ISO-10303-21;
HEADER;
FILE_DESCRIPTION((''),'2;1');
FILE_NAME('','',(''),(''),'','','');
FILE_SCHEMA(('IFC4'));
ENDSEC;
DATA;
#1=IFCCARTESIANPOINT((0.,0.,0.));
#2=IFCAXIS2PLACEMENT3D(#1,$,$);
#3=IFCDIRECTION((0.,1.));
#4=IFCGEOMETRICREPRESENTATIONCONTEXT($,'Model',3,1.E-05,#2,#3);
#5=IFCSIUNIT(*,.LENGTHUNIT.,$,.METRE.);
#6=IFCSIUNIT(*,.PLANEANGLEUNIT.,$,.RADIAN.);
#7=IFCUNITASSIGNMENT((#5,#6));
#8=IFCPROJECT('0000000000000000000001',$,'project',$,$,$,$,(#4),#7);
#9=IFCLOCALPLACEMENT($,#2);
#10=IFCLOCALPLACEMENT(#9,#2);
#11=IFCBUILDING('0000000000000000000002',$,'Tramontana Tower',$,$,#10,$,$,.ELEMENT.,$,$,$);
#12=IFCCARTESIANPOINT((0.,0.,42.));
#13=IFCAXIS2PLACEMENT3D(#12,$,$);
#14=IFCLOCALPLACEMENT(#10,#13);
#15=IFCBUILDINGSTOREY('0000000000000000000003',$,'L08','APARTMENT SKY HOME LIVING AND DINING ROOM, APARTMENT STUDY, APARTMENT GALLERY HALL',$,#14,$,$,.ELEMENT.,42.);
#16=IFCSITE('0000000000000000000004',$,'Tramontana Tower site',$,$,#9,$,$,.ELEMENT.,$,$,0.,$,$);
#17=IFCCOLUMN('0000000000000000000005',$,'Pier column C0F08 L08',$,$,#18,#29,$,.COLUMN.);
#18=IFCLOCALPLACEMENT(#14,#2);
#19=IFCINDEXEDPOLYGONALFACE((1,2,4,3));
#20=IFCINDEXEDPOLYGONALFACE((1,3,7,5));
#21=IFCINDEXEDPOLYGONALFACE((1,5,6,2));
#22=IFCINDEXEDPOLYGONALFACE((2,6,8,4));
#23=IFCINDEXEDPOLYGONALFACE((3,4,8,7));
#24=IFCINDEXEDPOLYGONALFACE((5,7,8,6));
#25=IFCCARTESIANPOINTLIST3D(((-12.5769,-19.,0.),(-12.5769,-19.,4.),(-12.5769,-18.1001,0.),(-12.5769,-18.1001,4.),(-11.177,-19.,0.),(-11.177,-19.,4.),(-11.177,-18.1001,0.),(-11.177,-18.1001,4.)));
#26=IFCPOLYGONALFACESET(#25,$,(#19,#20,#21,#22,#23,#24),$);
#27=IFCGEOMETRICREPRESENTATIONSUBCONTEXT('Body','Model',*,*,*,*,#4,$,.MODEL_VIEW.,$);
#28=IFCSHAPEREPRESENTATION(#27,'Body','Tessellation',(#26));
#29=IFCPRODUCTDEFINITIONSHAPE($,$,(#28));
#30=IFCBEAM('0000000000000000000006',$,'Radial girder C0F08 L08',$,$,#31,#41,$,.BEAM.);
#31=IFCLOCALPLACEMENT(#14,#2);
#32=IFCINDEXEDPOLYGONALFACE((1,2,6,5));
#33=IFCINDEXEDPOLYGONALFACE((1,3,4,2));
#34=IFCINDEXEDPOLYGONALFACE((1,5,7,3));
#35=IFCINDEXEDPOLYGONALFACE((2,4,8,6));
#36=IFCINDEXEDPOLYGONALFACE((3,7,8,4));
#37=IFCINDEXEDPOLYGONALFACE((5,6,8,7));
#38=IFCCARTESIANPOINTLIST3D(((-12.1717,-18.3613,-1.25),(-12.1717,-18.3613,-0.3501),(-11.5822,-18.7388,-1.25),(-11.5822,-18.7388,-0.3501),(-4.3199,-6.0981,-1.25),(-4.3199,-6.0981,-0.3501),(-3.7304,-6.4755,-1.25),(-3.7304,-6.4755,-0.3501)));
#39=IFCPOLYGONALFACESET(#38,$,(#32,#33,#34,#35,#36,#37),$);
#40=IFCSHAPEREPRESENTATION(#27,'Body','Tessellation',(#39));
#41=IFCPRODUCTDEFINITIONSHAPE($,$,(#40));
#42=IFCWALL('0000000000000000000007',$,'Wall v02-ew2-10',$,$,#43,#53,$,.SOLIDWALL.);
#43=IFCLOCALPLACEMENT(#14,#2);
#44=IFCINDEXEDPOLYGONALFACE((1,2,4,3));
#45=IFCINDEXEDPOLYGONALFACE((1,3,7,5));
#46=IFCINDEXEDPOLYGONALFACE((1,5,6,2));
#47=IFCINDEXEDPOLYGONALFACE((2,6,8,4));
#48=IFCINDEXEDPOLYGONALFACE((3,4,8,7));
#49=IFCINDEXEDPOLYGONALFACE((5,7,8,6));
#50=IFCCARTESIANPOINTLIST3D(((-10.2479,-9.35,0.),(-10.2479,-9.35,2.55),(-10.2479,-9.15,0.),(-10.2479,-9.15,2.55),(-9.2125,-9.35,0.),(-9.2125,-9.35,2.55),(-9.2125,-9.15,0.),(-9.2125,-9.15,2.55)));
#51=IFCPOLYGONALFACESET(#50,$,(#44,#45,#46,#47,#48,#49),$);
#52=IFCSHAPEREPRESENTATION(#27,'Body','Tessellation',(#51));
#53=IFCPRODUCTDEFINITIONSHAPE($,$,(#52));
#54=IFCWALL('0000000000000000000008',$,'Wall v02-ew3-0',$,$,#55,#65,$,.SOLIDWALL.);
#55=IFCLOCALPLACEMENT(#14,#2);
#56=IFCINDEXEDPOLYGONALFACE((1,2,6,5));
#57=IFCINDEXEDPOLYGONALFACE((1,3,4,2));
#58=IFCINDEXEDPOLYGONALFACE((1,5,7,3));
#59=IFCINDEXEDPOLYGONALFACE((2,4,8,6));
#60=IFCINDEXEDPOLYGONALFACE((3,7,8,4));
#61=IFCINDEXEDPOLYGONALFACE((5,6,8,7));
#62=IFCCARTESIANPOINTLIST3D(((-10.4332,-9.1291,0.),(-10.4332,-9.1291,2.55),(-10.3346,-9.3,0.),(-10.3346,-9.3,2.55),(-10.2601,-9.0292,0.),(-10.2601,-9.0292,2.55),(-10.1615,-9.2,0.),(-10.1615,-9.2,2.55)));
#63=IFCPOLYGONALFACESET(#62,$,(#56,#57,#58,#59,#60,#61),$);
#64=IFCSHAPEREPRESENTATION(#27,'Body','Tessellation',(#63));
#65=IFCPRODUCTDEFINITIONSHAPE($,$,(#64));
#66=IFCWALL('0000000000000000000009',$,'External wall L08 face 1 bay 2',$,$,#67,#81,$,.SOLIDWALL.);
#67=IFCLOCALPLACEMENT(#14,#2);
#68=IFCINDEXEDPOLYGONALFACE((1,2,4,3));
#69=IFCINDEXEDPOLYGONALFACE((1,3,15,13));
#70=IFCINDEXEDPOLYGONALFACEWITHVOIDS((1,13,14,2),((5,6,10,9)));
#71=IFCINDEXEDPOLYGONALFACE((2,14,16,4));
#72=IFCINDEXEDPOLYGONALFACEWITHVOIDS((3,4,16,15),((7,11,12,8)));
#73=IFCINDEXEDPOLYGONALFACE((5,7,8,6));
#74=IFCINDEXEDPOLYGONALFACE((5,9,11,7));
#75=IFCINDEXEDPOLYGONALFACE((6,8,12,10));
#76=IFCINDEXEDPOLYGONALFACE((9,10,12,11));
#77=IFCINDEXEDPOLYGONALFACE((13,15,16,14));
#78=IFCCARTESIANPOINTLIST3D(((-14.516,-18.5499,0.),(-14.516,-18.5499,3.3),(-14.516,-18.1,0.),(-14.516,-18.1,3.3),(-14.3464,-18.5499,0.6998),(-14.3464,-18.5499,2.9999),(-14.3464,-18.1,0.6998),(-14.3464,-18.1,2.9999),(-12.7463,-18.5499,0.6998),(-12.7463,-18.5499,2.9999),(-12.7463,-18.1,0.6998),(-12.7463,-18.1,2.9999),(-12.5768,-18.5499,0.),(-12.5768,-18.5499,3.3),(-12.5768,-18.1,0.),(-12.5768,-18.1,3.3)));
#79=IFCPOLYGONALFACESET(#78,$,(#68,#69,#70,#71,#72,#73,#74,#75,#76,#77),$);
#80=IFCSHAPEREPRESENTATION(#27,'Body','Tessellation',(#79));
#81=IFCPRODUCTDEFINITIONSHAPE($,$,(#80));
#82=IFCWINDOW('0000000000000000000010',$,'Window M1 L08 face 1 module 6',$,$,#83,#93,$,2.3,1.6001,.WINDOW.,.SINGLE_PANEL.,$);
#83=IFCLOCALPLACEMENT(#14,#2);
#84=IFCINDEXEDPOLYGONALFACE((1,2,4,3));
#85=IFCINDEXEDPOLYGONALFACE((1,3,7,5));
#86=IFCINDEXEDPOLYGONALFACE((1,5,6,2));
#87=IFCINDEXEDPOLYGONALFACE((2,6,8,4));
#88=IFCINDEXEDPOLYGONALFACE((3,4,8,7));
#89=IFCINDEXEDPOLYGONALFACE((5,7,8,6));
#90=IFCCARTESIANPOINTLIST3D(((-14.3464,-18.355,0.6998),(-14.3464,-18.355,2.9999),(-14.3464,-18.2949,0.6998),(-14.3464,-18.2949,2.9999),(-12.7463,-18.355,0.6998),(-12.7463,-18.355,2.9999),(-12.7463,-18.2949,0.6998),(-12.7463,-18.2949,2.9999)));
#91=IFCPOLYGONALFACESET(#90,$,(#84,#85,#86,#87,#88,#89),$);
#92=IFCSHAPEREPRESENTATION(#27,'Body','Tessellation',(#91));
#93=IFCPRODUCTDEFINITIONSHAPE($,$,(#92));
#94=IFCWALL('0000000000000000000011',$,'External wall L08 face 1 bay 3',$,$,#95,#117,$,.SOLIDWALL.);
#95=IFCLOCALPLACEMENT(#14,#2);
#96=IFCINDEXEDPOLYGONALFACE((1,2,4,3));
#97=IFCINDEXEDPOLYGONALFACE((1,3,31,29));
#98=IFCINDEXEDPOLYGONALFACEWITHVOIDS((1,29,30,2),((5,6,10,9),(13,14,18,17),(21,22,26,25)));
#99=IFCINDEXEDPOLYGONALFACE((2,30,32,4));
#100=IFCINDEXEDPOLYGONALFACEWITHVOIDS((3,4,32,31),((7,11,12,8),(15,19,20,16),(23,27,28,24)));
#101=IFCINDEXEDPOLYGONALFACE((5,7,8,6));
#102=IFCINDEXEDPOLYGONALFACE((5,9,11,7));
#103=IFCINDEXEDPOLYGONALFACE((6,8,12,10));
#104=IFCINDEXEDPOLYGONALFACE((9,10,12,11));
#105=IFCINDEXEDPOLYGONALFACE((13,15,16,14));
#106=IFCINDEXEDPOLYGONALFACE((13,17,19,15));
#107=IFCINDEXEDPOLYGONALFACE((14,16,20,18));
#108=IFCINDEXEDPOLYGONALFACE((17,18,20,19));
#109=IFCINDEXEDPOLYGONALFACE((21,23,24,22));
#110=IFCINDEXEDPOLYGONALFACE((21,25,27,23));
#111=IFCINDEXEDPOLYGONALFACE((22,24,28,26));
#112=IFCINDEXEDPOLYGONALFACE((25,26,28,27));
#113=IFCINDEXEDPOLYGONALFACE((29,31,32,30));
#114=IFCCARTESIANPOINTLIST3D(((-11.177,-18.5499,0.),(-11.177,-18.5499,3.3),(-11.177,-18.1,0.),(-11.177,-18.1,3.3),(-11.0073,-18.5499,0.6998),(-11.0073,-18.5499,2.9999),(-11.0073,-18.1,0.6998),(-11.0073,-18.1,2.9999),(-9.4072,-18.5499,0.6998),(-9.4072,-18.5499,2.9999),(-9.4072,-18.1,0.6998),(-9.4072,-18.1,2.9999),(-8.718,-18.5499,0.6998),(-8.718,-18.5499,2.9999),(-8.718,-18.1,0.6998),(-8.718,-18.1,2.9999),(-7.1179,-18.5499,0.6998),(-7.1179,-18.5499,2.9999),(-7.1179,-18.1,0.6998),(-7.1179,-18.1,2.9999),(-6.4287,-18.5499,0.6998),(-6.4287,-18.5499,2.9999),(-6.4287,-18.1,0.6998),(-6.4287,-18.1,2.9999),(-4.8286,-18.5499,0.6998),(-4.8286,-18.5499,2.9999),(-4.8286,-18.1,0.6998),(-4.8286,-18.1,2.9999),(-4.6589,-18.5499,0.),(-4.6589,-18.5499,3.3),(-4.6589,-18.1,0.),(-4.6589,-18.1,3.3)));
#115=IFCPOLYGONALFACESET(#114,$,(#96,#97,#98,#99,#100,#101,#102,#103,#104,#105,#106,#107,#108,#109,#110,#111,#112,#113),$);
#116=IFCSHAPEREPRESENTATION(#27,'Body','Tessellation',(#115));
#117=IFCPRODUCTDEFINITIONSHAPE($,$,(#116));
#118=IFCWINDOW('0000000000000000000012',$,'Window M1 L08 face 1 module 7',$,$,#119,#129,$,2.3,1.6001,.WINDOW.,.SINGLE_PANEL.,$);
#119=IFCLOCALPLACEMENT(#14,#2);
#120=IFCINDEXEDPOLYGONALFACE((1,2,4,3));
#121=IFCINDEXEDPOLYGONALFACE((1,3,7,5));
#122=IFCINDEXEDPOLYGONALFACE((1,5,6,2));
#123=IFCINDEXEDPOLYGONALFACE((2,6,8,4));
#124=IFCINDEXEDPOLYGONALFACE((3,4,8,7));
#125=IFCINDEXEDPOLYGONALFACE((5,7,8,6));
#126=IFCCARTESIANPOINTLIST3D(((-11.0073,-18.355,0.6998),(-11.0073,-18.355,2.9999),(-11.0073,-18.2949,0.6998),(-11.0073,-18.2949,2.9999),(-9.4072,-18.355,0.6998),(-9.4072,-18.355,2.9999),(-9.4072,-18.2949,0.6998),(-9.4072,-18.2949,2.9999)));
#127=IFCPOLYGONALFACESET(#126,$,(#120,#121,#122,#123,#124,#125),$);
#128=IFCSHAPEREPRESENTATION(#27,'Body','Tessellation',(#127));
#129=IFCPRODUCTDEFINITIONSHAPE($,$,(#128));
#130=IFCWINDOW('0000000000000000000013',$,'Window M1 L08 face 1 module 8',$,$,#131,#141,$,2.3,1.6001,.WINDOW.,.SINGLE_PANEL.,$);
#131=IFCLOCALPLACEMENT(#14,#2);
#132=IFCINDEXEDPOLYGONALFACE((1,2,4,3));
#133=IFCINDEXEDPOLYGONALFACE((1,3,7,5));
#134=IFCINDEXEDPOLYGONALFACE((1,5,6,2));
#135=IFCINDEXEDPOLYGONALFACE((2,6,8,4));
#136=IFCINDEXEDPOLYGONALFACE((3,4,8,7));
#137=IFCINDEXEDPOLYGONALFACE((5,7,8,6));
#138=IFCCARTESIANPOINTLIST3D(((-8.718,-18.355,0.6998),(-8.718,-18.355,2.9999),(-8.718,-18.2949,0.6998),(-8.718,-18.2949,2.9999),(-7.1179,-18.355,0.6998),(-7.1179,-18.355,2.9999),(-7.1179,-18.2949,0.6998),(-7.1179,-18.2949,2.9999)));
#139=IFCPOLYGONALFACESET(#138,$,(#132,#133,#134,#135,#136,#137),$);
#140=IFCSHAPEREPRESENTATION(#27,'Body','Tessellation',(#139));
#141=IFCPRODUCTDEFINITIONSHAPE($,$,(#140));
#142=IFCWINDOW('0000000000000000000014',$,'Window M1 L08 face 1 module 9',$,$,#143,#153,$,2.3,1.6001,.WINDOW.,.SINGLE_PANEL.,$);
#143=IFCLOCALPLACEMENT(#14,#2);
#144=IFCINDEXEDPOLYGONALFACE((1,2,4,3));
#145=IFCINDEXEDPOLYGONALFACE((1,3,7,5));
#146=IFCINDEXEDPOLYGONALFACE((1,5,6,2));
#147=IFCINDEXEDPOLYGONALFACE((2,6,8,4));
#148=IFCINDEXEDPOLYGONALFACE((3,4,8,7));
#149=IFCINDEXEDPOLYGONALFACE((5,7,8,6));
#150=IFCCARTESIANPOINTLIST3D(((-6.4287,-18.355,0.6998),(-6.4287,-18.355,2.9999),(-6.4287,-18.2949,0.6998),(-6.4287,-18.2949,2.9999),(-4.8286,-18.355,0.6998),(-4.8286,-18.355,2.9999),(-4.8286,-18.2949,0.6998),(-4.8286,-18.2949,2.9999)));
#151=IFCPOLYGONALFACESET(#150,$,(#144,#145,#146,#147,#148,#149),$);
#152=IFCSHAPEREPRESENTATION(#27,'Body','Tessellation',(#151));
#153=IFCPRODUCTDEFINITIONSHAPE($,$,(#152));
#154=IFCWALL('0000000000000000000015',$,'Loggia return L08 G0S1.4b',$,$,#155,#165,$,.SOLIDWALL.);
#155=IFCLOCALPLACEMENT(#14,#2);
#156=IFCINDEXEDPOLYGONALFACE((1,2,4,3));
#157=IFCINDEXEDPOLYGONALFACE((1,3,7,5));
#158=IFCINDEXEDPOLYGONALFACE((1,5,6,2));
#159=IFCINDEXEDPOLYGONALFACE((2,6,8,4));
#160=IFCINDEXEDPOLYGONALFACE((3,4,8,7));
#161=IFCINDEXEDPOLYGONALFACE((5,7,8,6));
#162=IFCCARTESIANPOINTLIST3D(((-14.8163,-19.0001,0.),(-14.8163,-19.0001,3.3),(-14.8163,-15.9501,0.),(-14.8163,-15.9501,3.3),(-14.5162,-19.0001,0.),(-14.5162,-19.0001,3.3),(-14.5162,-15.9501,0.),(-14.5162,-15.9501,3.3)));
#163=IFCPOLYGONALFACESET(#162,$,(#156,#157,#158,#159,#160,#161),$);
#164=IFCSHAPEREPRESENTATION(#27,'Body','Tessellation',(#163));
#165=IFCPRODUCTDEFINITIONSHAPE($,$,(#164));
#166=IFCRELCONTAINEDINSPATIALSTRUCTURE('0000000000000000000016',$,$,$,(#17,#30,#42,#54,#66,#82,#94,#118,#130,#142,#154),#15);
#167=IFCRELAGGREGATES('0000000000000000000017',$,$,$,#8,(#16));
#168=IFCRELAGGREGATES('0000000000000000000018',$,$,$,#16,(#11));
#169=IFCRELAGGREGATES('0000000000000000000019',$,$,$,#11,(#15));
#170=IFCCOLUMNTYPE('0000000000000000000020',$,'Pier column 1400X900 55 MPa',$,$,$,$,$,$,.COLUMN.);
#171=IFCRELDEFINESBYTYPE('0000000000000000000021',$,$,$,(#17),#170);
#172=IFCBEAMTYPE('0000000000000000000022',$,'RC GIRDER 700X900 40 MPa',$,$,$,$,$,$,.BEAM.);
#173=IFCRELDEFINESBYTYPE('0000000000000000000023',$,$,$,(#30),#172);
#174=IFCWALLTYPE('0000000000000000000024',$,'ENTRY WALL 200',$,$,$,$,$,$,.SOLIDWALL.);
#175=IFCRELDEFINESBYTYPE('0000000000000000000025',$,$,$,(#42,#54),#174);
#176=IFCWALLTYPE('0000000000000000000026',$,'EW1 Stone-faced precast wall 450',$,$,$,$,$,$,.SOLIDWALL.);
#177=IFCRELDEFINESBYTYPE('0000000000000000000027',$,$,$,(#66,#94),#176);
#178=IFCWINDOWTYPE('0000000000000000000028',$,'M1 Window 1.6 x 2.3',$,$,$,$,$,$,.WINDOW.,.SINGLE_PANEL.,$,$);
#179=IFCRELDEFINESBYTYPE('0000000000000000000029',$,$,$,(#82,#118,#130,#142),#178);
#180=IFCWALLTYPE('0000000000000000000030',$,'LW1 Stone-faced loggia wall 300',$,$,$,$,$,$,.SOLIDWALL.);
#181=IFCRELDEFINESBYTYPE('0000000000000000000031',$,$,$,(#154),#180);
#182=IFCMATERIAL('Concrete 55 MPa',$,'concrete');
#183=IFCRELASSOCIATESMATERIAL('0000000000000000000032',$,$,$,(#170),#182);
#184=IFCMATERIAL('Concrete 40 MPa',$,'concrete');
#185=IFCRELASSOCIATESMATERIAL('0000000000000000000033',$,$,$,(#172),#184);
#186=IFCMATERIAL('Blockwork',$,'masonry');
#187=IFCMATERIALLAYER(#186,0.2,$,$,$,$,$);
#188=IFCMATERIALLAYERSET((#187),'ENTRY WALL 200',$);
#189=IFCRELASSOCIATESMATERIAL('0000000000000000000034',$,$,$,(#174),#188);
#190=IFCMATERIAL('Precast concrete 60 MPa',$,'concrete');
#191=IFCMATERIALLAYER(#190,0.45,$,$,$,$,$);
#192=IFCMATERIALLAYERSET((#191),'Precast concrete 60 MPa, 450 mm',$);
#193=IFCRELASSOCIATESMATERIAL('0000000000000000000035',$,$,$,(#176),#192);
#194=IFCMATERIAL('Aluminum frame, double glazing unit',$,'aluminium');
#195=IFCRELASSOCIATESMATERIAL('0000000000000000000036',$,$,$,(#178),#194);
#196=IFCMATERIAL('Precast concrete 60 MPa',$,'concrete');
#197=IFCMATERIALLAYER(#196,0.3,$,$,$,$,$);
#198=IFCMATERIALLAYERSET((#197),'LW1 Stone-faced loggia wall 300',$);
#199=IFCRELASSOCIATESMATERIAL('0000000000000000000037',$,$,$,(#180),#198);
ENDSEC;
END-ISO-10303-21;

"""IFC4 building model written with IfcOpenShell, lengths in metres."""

from ifc_helpers import new_model, si_unit, direction, frame, frame_2d, origin, origin_2d, place, context, subcontext, project, spatial, rectangle, extrude, material, layer, layer_set, material_profile, profile_set, type_object, element, fill, save


model = new_model("IFC4")

# Units and contexts
model_context = context("Model", 3, precision=1e-05, world=origin(), true_north=direction((0.0, 1.0)))
body_context = subcontext(model_context, "Body", "Model", "MODEL_VIEW")
ifc_project = project(units=[si_unit("LENGTHUNIT", "METRE"), si_unit("PLANEANGLEUNIT", "RADIAN")], contexts=[model_context])

# Site, building, storey
site_placement = place(None, origin())
site = spatial("IfcSite", under=ifc_project, at=site_placement, Name="Tramontana Tower site", CompositionType="ELEMENT", RefElevation=0.0)
building_placement = place(site_placement, origin())
building = spatial("IfcBuilding", under=site, at=building_placement, Name="Tramontana Tower", CompositionType="ELEMENT")
storey_placement = place(building_placement, frame((0.0, 0.0, 42.0)))
storey = spatial("IfcBuildingStorey", under=building, at=storey_placement, Name="L08", Description="APARTMENT SKY HOME LIVING AND DINING ROOM, APARTMENT STUDY, APARTMENT GALLERY HALL", CompositionType="ELEMENT", Elevation=42.0)

# Column
ifc_material_1 = material(Name="Concrete 55 MPa", Category="concrete")
ifc_material_profile_1 = material_profile(ifc_material_1, rectangle(XDim=1.3999, YDim=0.8999, at=origin_2d()), Name="Pier column 1400X900 55 MPa")
ifc_profile_set_1 = profile_set([ifc_material_profile_1], Name="Concrete 55 MPa")
column_type = type_object("IfcColumnType", Name="Pier column 1400X900 55 MPa", PredefinedType="COLUMN", material=ifc_profile_set_1)
column_placement = place(storey_placement, frame((-11.877, -18.55, 0.0), z_axis=(0.0, 0.0, 1.0), x_axis=(1.0, 0.0, 0.0)))
element("IfcColumn", 1, at=column_placement, inside=storey, type_object=column_type, Name="Pier column C0F08 L08", PredefinedType="COLUMN", context=body_context, shape_type="SweptSolid", body=[
    extrude(rectangle(XDim=1.3999, YDim=0.8999, at=origin_2d()), origin(), (0.0, 0.0, 1.0), 4.0),
])

# Beam
ifc_material_2 = material(Name="Concrete 40 MPa", Category="concrete")
ifc_material_profile_2 = material_profile(ifc_material_2, rectangle(XDim=0.7, YDim=0.8999, at=origin_2d()), Name="RC GIRDER 700X900 40 MPa")
ifc_profile_set_2 = profile_set([ifc_material_profile_2], Name="Concrete 40 MPa")
beam_type = type_object("IfcBeamType", Name="RC GIRDER 700X900 40 MPa", PredefinedType="BEAM", material=ifc_profile_set_2)
beam_placement = place(storey_placement, frame((-11.877, -18.55, -0.8), z_axis=(0.539218, 0.842166, 0.0), x_axis=(-0.842166, 0.539218, 0.0)))
element("IfcBeam", 2, at=beam_placement, inside=storey, type_object=beam_type, Name="Radial girder C0F08 L08", PredefinedType="BEAM", context=body_context, shape_type="SweptSolid", body=[
    extrude(rectangle(XDim=0.7, YDim=0.8999, at=origin_2d()), origin(), (0.0, 0.0, 1.0), 14.5615),
])

# Walls
ifc_material_3 = material(Name="Blockwork", Category="masonry")
ifc_layer_1 = layer(ifc_material_3, 0.2)
ifc_layer_set_1 = layer_set([ifc_layer_1], Name="ENTRY WALL 200")
wall_type_1 = type_object("IfcWallType", Name="ENTRY WALL 200", PredefinedType="SOLIDWALL", material=ifc_layer_set_1)
wall_1_placement = place(storey_placement, frame((-9.2126, -9.25, 0.0), z_axis=(0.0, 0.0, 1.0), x_axis=(-1.0, 0.0, 0.0)))
element("IfcWall", 3, at=wall_1_placement, inside=storey, type_object=wall_type_1, Name="Wall v02-ew2-10", PredefinedType="SOLIDWALL", context=body_context, shape_type="SweptSolid", body=[
    extrude(rectangle(XDim=1.0354, YDim=0.2, at=frame_2d((0.5176, 0.0))), origin(), (0.0, 0.0, 1.0), 2.55),
])
wall_2_placement = place(storey_placement, frame((-10.248, -9.25, 0.0), z_axis=(0.0, 0.0, 1.0), x_axis=(-0.499865, 0.866103, 0.0)))
element("IfcWall", 4, at=wall_2_placement, inside=storey, type_object=wall_type_1, Name="Wall v02-ew3-0", PredefinedType="SOLIDWALL", context=body_context, shape_type="SweptSolid", body=[
    extrude(rectangle(XDim=0.1973, YDim=0.2, at=frame_2d((0.0986, 0.0))), origin(), (0.0, 0.0, 1.0), 2.55),
])

# Wall, opening, window
ifc_material_4 = material(Name="Precast concrete 60 MPa", Category="concrete")
ifc_layer_2 = layer(ifc_material_4, 0.45)
ifc_layer_set_2 = layer_set([ifc_layer_2], Name="Precast concrete 60 MPa, 450 mm")
wall_type_2 = type_object("IfcWallType", Name="EW1 Stone-faced precast wall 450", PredefinedType="SOLIDWALL", material=ifc_layer_set_2)
wall_3_placement = place(storey_placement, frame((-14.5161, -18.325, 0.0), z_axis=(0.0, 0.0, 1.0), x_axis=(1.0, 0.0, 0.0)))
wall_3 = element("IfcWall", 5, at=wall_3_placement, inside=storey, type_object=wall_type_2, Name="External wall L08 face 1 bay 2", PredefinedType="SOLIDWALL", context=body_context, shape_type="SweptSolid", body=[
    extrude(rectangle(XDim=1.9392, YDim=0.45, at=frame_2d((0.9697, 0.0))), origin(), (0.0, 0.0, 1.0), 3.3),
])
opening_1_placement = place(wall_3_placement, frame((0.1697, 0.0, 0.7)))
opening_1 = element("IfcOpeningElement", 6, at=opening_1_placement, cuts=wall_3, PredefinedType="OPENING", context=body_context, shape_type="SweptSolid", body=[
    extrude(rectangle(XDim=1.6001, YDim=2.3, at=frame_2d((0.8, 1.1499))), frame((0.0, 0.2349, 0.0), z_axis=(0.0, -1.0, 0.0), x_axis=(1.0, 0.0, 0.0)), (0.0, 0.0, 1.0), 0.47),
])
ifc_material_5 = material(Name="Aluminum frame, double glazing unit", Category="aluminium")
window_type = type_object("IfcWindowType", Name="M1 Window 1.6 x 2.3", PartitioningType="SINGLE_PANEL", PredefinedType="WINDOW", material=ifc_material_5)
window_1_placement = place(opening_1_placement, origin())
window_1 = element("IfcWindow", 7, at=window_1_placement, inside=storey, type_object=window_type, Name="Window M1 L08 face 1 module 6", OverallHeight=2.3, OverallWidth=1.6001, PartitioningType="SINGLE_PANEL", PredefinedType="WINDOW", context=body_context, shape_type="SweptSolid", body=[
    extrude(rectangle(XDim=1.6001, YDim=2.3, at=frame_2d((0.8, 1.1499))), frame((0.0, 0.03, 0.0), z_axis=(0.0, -1.0, 0.0), x_axis=(1.0, 0.0, 0.0)), (0.0, 0.0, 1.0), 0.0601),
])
fill(opening_1, window_1)

# Wall, openings, windows
wall_4_placement = place(storey_placement, frame((-11.177, -18.325, 0.0), z_axis=(0.0, 0.0, 1.0), x_axis=(1.0, 0.0, 0.0)))
wall_4 = element("IfcWall", 8, at=wall_4_placement, inside=storey, type_object=wall_type_2, Name="External wall L08 face 1 bay 3", PredefinedType="SOLIDWALL", context=body_context, shape_type="SweptSolid", body=[
    extrude(rectangle(XDim=6.5181, YDim=0.45, at=frame_2d((3.259, 0.0))), origin(), (0.0, 0.0, 1.0), 3.3),
])
opening_2_placement = place(wall_4_placement, frame((0.1697, 0.0, 0.7)))
opening_2 = element("IfcOpeningElement", 9, at=opening_2_placement, cuts=wall_4, PredefinedType="OPENING", context=body_context, shape_type="SweptSolid", body=[
    extrude(rectangle(XDim=1.6001, YDim=2.3, at=frame_2d((0.8, 1.1499))), frame((0.0, 0.2349, 0.0), z_axis=(0.0, -1.0, 0.0), x_axis=(1.0, 0.0, 0.0)), (0.0, 0.0, 1.0), 0.47),
])
opening_3_placement = place(wall_4_placement, frame((2.459, 0.0, 0.7)))
opening_3 = element("IfcOpeningElement", 10, at=opening_3_placement, cuts=wall_4, PredefinedType="OPENING", context=body_context, shape_type="SweptSolid", body=[
    extrude(rectangle(XDim=1.6001, YDim=2.3, at=frame_2d((0.8, 1.1499))), frame((0.0, 0.2349, 0.0), z_axis=(0.0, -1.0, 0.0), x_axis=(1.0, 0.0, 0.0)), (0.0, 0.0, 1.0), 0.47),
])
opening_4_placement = place(wall_4_placement, frame((4.7483, 0.0, 0.7)))
opening_4 = element("IfcOpeningElement", 11, at=opening_4_placement, cuts=wall_4, PredefinedType="OPENING", context=body_context, shape_type="SweptSolid", body=[
    extrude(rectangle(XDim=1.6001, YDim=2.3, at=frame_2d((0.8, 1.1499))), frame((0.0, 0.2349, 0.0), z_axis=(0.0, -1.0, 0.0), x_axis=(1.0, 0.0, 0.0)), (0.0, 0.0, 1.0), 0.47),
])
window_2_placement = place(opening_2_placement, origin())
window_2 = element("IfcWindow", 12, at=window_2_placement, inside=storey, type_object=window_type, Name="Window M1 L08 face 1 module 7", OverallHeight=2.3, OverallWidth=1.6001, PartitioningType="SINGLE_PANEL", PredefinedType="WINDOW", context=body_context, shape_type="SweptSolid", body=[
    extrude(rectangle(XDim=1.6001, YDim=2.3, at=frame_2d((0.8, 1.1499))), frame((0.0, 0.03, 0.0), z_axis=(0.0, -1.0, 0.0), x_axis=(1.0, 0.0, 0.0)), (0.0, 0.0, 1.0), 0.0601),
])
fill(opening_2, window_2)
window_3_placement = place(opening_3_placement, origin())
window_3 = element("IfcWindow", 13, at=window_3_placement, inside=storey, type_object=window_type, Name="Window M1 L08 face 1 module 8", OverallHeight=2.3, OverallWidth=1.6001, PartitioningType="SINGLE_PANEL", PredefinedType="WINDOW", context=body_context, shape_type="SweptSolid", body=[
    extrude(rectangle(XDim=1.6001, YDim=2.3, at=frame_2d((0.8, 1.1499))), frame((0.0, 0.03, 0.0), z_axis=(0.0, -1.0, 0.0), x_axis=(1.0, 0.0, 0.0)), (0.0, 0.0, 1.0), 0.0601),
])
fill(opening_3, window_3)
window_4_placement = place(opening_4_placement, origin())
window_4 = element("IfcWindow", 14, at=window_4_placement, inside=storey, type_object=window_type, Name="Window M1 L08 face 1 module 9", OverallHeight=2.3, OverallWidth=1.6001, PartitioningType="SINGLE_PANEL", PredefinedType="WINDOW", context=body_context, shape_type="SweptSolid", body=[
    extrude(rectangle(XDim=1.6001, YDim=2.3, at=frame_2d((0.8, 1.1499))), frame((0.0, 0.03, 0.0), z_axis=(0.0, -1.0, 0.0), x_axis=(1.0, 0.0, 0.0)), (0.0, 0.0, 1.0), 0.0601),
])
fill(opening_4, window_4)

# Wall
ifc_material_6 = material(Name="Precast concrete 60 MPa", Category="concrete")
ifc_layer_3 = layer(ifc_material_6, 0.3)
ifc_layer_set_3 = layer_set([ifc_layer_3], Name="LW1 Stone-faced loggia wall 300")
wall_type_3 = type_object("IfcWallType", Name="LW1 Stone-faced loggia wall 300", PredefinedType="SOLIDWALL", material=ifc_layer_set_3)
wall_5_placement = place(storey_placement, frame((-14.6663, -19.0, 0.0), z_axis=(0.0, 0.0, 1.0), x_axis=(0.0, 1.0, 0.0)))
element("IfcWall", 15, at=wall_5_placement, inside=storey, type_object=wall_type_3, Name="Loggia return L08 G0S1.4b", PredefinedType="SOLIDWALL", context=body_context, shape_type="SweptSolid", body=[
    extrude(rectangle(XDim=3.05, YDim=0.3, at=frame_2d((1.5249, 0.0))), origin(), (0.0, 0.0, 1.0), 3.3),
])

save(model, "model.ifc")
